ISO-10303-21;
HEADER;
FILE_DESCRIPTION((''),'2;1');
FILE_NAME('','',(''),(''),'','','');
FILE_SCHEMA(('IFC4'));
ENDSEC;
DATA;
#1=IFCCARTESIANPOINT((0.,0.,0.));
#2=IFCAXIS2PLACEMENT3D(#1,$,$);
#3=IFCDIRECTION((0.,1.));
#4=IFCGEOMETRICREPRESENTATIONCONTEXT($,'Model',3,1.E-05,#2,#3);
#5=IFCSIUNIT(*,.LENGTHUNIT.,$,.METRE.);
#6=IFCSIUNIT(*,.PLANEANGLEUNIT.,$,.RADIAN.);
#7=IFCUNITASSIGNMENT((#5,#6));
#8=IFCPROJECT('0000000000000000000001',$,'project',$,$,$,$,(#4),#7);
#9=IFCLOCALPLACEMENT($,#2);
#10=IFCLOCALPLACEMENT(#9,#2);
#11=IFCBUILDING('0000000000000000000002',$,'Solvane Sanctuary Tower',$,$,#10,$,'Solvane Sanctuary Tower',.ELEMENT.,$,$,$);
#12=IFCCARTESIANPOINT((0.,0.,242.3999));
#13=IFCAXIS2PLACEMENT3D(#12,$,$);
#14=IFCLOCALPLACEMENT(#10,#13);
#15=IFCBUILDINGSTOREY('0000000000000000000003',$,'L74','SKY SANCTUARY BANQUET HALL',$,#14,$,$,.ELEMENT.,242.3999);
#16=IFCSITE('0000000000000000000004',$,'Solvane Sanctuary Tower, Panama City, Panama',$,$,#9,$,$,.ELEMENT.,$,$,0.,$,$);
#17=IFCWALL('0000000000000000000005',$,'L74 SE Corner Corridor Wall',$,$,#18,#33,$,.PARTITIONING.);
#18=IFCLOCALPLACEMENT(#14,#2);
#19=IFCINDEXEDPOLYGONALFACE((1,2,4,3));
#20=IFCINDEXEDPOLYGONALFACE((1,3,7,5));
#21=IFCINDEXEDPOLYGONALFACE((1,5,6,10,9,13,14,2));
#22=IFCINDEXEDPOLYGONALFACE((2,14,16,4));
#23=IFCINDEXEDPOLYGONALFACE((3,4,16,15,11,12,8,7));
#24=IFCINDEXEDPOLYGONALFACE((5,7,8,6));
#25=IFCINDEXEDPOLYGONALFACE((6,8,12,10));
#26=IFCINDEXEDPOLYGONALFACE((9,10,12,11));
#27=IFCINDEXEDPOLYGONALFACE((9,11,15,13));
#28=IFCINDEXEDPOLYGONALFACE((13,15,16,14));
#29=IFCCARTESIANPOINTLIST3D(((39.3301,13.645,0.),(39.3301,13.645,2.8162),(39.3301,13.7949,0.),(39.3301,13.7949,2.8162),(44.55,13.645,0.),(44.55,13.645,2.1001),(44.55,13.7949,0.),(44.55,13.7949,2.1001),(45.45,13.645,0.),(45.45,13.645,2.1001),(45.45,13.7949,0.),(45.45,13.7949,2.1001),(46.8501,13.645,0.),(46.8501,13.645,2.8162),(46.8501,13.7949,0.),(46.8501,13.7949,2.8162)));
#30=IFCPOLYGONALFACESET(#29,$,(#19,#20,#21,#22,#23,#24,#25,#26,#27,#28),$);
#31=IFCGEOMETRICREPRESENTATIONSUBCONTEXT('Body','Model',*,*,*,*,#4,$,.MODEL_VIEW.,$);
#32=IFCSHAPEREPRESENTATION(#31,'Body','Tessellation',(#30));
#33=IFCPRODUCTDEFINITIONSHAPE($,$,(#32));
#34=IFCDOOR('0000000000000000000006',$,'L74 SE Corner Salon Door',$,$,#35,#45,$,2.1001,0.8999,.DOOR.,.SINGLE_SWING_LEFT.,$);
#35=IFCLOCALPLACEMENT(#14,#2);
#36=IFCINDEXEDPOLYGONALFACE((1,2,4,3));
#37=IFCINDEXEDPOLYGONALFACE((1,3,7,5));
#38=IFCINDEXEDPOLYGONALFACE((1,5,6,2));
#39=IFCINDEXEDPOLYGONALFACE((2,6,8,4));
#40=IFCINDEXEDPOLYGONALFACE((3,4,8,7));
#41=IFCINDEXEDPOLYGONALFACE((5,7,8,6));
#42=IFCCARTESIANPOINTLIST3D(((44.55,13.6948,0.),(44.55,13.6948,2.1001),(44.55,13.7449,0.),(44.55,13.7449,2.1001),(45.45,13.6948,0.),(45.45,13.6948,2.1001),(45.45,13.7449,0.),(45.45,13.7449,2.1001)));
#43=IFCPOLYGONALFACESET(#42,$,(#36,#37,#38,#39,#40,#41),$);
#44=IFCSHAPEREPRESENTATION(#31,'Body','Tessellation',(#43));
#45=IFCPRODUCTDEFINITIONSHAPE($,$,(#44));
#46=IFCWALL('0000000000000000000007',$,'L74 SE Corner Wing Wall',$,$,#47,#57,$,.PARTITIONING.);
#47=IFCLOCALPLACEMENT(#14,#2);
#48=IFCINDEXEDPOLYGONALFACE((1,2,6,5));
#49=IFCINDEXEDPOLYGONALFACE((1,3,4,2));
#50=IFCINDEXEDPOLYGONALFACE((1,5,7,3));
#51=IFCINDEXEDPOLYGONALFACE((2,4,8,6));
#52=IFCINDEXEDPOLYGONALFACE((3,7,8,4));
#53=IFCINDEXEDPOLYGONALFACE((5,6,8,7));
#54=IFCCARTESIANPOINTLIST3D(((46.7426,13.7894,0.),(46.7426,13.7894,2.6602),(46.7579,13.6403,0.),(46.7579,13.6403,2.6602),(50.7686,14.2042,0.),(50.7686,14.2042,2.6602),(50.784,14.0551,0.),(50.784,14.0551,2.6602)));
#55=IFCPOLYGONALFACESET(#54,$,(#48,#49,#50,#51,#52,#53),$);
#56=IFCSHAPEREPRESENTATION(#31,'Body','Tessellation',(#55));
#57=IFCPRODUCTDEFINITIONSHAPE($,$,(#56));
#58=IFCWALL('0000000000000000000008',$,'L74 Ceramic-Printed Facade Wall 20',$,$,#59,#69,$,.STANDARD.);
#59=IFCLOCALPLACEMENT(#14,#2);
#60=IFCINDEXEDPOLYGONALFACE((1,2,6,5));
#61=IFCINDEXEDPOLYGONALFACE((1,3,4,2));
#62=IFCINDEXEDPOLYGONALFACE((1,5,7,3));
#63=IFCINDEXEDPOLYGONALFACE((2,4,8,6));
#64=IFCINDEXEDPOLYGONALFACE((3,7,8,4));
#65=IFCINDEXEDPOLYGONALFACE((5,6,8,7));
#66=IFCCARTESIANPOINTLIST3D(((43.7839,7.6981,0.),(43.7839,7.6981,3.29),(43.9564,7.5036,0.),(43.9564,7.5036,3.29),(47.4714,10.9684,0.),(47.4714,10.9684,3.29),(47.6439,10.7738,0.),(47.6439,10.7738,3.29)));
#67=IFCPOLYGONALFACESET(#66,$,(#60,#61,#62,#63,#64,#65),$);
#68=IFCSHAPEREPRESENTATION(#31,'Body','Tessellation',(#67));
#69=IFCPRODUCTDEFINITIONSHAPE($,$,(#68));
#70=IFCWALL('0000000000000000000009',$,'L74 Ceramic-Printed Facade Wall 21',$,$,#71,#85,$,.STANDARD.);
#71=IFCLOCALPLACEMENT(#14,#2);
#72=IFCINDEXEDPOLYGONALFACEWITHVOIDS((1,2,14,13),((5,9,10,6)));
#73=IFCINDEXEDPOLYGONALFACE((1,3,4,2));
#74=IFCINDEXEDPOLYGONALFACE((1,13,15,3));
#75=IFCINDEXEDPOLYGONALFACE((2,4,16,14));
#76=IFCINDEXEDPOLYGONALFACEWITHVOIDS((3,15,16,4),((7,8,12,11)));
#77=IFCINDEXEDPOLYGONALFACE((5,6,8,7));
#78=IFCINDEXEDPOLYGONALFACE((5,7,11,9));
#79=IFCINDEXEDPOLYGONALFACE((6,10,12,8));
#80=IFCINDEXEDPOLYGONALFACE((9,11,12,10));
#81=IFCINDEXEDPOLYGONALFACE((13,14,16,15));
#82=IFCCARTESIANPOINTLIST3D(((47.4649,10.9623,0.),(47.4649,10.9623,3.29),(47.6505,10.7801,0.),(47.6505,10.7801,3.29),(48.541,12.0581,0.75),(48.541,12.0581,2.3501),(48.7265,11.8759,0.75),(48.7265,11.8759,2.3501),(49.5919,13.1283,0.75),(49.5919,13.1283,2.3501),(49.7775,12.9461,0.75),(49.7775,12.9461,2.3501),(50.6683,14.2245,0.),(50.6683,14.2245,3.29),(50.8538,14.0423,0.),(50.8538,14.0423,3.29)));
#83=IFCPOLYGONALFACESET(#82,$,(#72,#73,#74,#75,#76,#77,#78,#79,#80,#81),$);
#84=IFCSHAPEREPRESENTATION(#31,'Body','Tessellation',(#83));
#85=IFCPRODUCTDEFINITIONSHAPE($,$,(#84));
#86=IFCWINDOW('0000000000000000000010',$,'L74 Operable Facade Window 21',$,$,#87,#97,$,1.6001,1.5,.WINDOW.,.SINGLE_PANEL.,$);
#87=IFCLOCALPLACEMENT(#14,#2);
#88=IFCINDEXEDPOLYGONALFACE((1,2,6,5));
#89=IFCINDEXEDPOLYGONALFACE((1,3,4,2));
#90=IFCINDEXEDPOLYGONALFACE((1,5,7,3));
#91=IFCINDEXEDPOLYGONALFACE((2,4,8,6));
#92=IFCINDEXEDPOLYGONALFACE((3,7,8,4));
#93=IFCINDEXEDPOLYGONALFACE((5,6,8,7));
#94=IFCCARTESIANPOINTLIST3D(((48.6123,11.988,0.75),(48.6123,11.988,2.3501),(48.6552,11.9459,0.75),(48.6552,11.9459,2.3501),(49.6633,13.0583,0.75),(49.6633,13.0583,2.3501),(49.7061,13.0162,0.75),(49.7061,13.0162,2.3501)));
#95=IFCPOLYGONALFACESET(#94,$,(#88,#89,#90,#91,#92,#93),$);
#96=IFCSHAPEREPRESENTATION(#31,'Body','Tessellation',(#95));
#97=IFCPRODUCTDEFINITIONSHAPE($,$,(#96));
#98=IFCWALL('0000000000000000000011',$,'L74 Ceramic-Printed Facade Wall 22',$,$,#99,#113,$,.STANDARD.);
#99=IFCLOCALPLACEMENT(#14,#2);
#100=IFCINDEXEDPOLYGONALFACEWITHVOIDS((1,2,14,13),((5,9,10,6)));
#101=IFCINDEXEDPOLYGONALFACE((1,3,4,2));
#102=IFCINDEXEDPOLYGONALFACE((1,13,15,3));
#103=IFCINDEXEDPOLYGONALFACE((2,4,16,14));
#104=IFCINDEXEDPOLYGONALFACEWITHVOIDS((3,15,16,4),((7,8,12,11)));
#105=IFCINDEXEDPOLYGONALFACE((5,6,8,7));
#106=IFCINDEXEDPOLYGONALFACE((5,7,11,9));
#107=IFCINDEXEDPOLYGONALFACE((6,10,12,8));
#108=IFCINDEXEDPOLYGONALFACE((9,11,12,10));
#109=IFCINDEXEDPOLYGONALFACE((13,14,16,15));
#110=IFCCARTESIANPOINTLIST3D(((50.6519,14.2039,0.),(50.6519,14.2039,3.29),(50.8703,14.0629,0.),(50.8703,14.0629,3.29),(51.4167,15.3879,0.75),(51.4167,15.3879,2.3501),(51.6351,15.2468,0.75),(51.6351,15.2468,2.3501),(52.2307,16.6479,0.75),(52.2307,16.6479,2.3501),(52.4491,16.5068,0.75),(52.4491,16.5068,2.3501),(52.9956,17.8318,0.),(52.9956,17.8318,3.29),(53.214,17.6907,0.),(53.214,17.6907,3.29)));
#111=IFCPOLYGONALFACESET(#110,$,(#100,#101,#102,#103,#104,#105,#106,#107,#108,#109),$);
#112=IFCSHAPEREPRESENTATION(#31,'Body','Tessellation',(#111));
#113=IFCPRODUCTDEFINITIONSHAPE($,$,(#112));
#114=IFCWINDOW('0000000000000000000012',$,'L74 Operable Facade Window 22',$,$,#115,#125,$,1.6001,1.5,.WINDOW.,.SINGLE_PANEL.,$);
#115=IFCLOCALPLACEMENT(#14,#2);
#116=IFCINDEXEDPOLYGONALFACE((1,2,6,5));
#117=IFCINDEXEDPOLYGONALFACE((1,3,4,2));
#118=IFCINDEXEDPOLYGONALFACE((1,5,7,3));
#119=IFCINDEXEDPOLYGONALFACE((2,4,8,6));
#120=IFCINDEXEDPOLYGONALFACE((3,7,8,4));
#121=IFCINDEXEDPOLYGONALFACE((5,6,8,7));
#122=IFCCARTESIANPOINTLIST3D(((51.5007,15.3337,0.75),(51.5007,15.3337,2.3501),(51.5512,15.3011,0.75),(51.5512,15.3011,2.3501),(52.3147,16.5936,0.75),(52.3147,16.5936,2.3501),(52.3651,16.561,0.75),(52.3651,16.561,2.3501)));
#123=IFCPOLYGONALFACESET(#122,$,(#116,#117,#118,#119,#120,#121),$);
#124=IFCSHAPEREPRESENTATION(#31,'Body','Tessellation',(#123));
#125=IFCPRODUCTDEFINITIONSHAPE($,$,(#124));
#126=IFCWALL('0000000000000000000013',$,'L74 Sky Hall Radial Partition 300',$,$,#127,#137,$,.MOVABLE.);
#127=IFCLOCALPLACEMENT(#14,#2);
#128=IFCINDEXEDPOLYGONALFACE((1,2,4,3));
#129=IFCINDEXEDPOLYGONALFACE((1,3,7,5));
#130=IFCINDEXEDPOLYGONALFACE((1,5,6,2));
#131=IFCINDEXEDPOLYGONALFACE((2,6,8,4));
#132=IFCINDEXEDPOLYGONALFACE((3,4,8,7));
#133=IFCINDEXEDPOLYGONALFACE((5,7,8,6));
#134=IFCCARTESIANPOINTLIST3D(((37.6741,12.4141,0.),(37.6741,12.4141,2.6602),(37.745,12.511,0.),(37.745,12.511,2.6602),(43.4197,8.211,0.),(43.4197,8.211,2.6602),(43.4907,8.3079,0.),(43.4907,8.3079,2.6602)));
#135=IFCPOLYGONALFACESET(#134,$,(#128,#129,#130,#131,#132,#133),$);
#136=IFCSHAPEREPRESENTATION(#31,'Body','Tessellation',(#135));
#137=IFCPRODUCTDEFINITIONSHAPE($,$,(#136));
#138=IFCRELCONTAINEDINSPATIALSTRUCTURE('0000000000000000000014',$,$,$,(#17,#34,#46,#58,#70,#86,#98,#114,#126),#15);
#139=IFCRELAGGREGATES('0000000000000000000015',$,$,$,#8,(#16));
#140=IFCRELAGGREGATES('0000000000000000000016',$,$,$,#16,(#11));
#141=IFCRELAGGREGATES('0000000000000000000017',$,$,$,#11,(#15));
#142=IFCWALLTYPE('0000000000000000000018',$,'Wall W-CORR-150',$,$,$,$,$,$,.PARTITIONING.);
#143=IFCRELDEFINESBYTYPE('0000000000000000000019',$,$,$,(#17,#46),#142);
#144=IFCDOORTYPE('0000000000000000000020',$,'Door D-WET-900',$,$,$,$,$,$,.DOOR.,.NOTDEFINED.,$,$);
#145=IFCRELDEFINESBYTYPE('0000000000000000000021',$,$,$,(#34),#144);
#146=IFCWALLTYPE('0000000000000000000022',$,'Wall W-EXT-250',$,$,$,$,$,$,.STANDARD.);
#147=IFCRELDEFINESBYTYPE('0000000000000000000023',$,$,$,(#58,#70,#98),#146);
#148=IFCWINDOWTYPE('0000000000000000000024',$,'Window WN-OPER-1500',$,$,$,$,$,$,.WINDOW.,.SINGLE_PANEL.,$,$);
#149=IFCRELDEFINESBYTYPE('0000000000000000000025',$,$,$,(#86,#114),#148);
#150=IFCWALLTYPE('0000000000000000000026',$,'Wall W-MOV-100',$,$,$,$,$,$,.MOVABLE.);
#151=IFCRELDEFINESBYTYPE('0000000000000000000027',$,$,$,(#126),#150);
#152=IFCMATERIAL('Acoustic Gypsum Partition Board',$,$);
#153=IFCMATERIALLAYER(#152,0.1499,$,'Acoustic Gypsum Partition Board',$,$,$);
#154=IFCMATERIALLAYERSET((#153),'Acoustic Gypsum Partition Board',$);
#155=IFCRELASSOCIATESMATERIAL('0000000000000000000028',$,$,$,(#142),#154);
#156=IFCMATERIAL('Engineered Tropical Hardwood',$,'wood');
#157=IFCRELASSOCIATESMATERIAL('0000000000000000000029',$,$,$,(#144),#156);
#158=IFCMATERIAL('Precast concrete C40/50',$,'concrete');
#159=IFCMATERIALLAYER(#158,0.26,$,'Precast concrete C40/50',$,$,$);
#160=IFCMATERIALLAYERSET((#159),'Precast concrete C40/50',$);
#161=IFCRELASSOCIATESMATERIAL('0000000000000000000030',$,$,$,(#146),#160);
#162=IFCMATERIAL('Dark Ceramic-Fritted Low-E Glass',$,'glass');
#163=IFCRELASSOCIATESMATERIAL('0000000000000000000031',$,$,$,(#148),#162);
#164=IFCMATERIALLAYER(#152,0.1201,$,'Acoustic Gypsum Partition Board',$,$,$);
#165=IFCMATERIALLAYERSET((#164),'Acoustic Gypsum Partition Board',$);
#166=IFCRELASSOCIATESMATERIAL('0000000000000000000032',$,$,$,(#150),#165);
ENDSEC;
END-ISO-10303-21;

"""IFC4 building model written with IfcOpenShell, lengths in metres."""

from ifc_helpers import new_model, si_unit, direction, frame, frame_2d, origin, place, context, subcontext, project, spatial, rectangle, extrude, material, layer, layer_set, type_object, element, fill, save


model = new_model("IFC4")

# Units and contexts
model_context = context("Model", 3, precision=1e-05, world=origin(), true_north=direction((0.0, 1.0)))
body_context = subcontext(model_context, "Body", "Model", "MODEL_VIEW")
ifc_project = project(units=[si_unit("LENGTHUNIT", "METRE"), si_unit("PLANEANGLEUNIT", "RADIAN")], contexts=[model_context])

# Site, building, storey
site_placement = place(None, origin())
site = spatial("IfcSite", under=ifc_project, at=site_placement, Name="Solvane Sanctuary Tower, Panama City, Panama", CompositionType="ELEMENT", RefElevation=0.0)
building_placement = place(site_placement, origin())
building = spatial("IfcBuilding", under=site, at=building_placement, Name="Solvane Sanctuary Tower", LongName="Solvane Sanctuary Tower", CompositionType="ELEMENT")
storey_placement = place(building_placement, frame((0.0, 0.0, 242.3999)))
storey = spatial("IfcBuildingStorey", under=building, at=storey_placement, Name="L74", Description="SKY SANCTUARY BANQUET HALL", CompositionType="ELEMENT", Elevation=242.3999)

# Shared definitions
ifc_material_1 = material(Name="Dark Ceramic-Fritted Low-E Glass", Category="glass")

# Shared definitions
ifc_material_2 = material(Name="Acoustic Gypsum Partition Board")
ifc_layer_1 = layer(ifc_material_2, 0.1499, Name="Acoustic Gypsum Partition Board")
ifc_layer_set_1 = layer_set([ifc_layer_1], Name="Acoustic Gypsum Partition Board")
wall_type_1 = type_object("IfcWallType", Name="Wall W-CORR-150", PredefinedType="PARTITIONING", material=ifc_layer_set_1)

# Wall, opening, door
wall_1_placement = place(storey_placement, frame((39.3301, 13.72, 0.0), z_axis=(0.0, 0.0, 1.0), x_axis=(1.0, 0.0, 0.0)))
wall_1 = element("IfcWall", 1, at=wall_1_placement, inside=storey, type_object=wall_type_1, Name="L74 SE Corner Corridor Wall", PredefinedType="PARTITIONING", context=body_context, shape_type="SweptSolid", body=[
    extrude(rectangle(XDim=7.52, YDim=0.1499, at=frame_2d((3.76, 0.0))), origin(), (0.0, 0.0, 1.0), 2.8162),
])
opening_1_placement = place(wall_1_placement, frame((5.22, 0.0, 0.0)))
opening_1 = element("IfcOpeningElement", 2, at=opening_1_placement, cuts=wall_1, PredefinedType="OPENING", context=body_context, shape_type="SweptSolid", body=[
    extrude(rectangle(XDim=0.8999, YDim=2.1001, at=frame_2d((0.45, 1.05))), frame((0.0, 0.085, 0.0), z_axis=(0.0, -1.0, 0.0), x_axis=(1.0, 0.0, 0.0)), (0.0, 0.0, 1.0), 0.1699),
])
ifc_material_3 = material(Name="Engineered Tropical Hardwood", Category="wood")
door_type = type_object("IfcDoorType", Name="Door D-WET-900", OperationType="NOTDEFINED", PredefinedType="DOOR", material=ifc_material_3)
door_placement = place(opening_1_placement, origin())
door = element("IfcDoor", 3, at=door_placement, inside=storey, type_object=door_type, Name="L74 SE Corner Salon Door", OperationType="SINGLE_SWING_LEFT", OverallHeight=2.1001, OverallWidth=0.8999, PredefinedType="DOOR", context=body_context, shape_type="SweptSolid", body=[
    extrude(rectangle(XDim=0.8999, YDim=2.1001, at=frame_2d((0.45, 1.05))), frame((0.0, 0.0249, 0.0), z_axis=(0.0, -1.0, 0.0), x_axis=(1.0, 0.0, 0.0)), (0.0, 0.0, 1.0), 0.05),
])
fill(opening_1, door)

# Walls
wall_2_placement = place(storey_placement, frame((46.7502, 13.7148, 0.0), z_axis=(0.0, 0.0, 1.0), x_axis=(0.994735, 0.102483, 0.0)))
element("IfcWall", 4, at=wall_2_placement, inside=storey, type_object=wall_type_1, Name="L74 SE Corner Wing Wall", PredefinedType="PARTITIONING", context=body_context, shape_type="SweptSolid", body=[
    extrude(rectangle(XDim=4.0474, YDim=0.1499, at=frame_2d((2.0237, 0.0))), origin(), (0.0, 0.0, 1.0), 2.6602),
])
ifc_material_4 = material(Name="Precast concrete C40/50", Category="concrete")
ifc_layer_2 = layer(ifc_material_4, 0.26, Name="Precast concrete C40/50")
ifc_layer_set_2 = layer_set([ifc_layer_2], Name="Precast concrete C40/50")
wall_type_2 = type_object("IfcWallType", Name="Wall W-EXT-250", PredefinedType="STANDARD", material=ifc_layer_set_2)
wall_3_placement = place(storey_placement, frame((43.8701, 7.6008, 0.0), z_axis=(0.0, 0.0, 1.0), x_axis=(0.748166, 0.663512, 0.0)))
element("IfcWall", 5, at=wall_3_placement, inside=storey, type_object=wall_type_2, Name="L74 Ceramic-Printed Facade Wall 20", PredefinedType="STANDARD", context=body_context, shape_type="SweptSolid", body=[
    extrude(rectangle(XDim=4.9287, YDim=0.26, at=frame_2d((2.4644, 0.0))), origin(), (0.0, 0.0, 1.0), 3.29),
])

# Walls, openings, windows
wall_4_placement = place(storey_placement, frame((47.5576, 10.8711, 0.0), z_axis=(0.0, 0.0, 1.0), x_axis=(0.700643, 0.713512, 0.0)))
wall_4 = element("IfcWall", 6, at=wall_4_placement, inside=storey, type_object=wall_type_2, Name="L74 Ceramic-Printed Facade Wall 21", PredefinedType="STANDARD", context=body_context, shape_type="SweptSolid", body=[
    extrude(rectangle(XDim=4.572, YDim=0.26, at=frame_2d((2.2861, 0.0))), origin(), (0.0, 0.0, 1.0), 3.29),
])
opening_2_placement = place(wall_4_placement, frame((1.5359, 0.0, 0.75)))
opening_2 = element("IfcOpeningElement", 7, at=opening_2_placement, cuts=wall_4, PredefinedType="OPENING", context=body_context, shape_type="SweptSolid", body=[
    extrude(rectangle(XDim=1.5, YDim=1.6001, at=frame_2d((0.75, 0.8))), frame((0.0, 0.1399, 0.0), z_axis=(0.0, -1.0, 0.0), x_axis=(1.0, 0.0, 0.0)), (0.0, 0.0, 1.0), 0.28),
])
window_type = type_object("IfcWindowType", Name="Window WN-OPER-1500", PartitioningType="SINGLE_PANEL", PredefinedType="WINDOW", material=ifc_material_1)
window_1_placement = place(opening_2_placement, origin())
window_1 = element("IfcWindow", 8, at=window_1_placement, inside=storey, type_object=window_type, Name="L74 Operable Facade Window 21", OverallHeight=1.6001, OverallWidth=1.5, PartitioningType="SINGLE_PANEL", PredefinedType="WINDOW", context=body_context, shape_type="SweptSolid", body=[
    extrude(rectangle(XDim=1.5, YDim=1.6001, at=frame_2d((0.75, 0.8))), frame((0.0, 0.03, 0.0), z_axis=(0.0, -1.0, 0.0), x_axis=(1.0, 0.0, 0.0)), (0.0, 0.0, 1.0), 0.0601),
])
fill(opening_2, window_1)
wall_5_placement = place(storey_placement, frame((50.761, 14.1333, 0.0), z_axis=(0.0, 0.0, 1.0), x_axis=(0.542642, 0.839964, 0.0)))
wall_5 = element("IfcWall", 9, at=wall_5_placement, inside=storey, type_object=wall_type_2, Name="L74 Ceramic-Printed Facade Wall 22", PredefinedType="STANDARD", context=body_context, shape_type="SweptSolid", body=[
    extrude(rectangle(XDim=4.3191, YDim=0.26, at=frame_2d((2.1597, 0.0))), origin(), (0.0, 0.0, 1.0), 3.29),
])
opening_3_placement = place(wall_5_placement, frame((1.4097, 0.0, 0.75)))
opening_3 = element("IfcOpeningElement", 10, at=opening_3_placement, cuts=wall_5, PredefinedType="OPENING", context=body_context, shape_type="SweptSolid", body=[
    extrude(rectangle(XDim=1.5, YDim=1.6001, at=frame_2d((0.75, 0.8))), frame((0.0, 0.1399, 0.0), z_axis=(0.0, -1.0, 0.0), x_axis=(1.0, 0.0, 0.0)), (0.0, 0.0, 1.0), 0.28),
])
window_2_placement = place(opening_3_placement, origin())
window_2 = element("IfcWindow", 11, at=window_2_placement, inside=storey, type_object=window_type, Name="L74 Operable Facade Window 22", OverallHeight=1.6001, OverallWidth=1.5, PartitioningType="SINGLE_PANEL", PredefinedType="WINDOW", context=body_context, shape_type="SweptSolid", body=[
    extrude(rectangle(XDim=1.5, YDim=1.6001, at=frame_2d((0.75, 0.8))), frame((0.0, 0.03, 0.0), z_axis=(0.0, -1.0, 0.0), x_axis=(1.0, 0.0, 0.0)), (0.0, 0.0, 1.0), 0.0601),
])
fill(opening_3, window_2)

# Wall
ifc_layer_3 = layer(ifc_material_2, 0.1201, Name="Acoustic Gypsum Partition Board")
ifc_layer_set_3 = layer_set([ifc_layer_3], Name="Acoustic Gypsum Partition Board")
wall_type_3 = type_object("IfcWallType", Name="Wall W-MOV-100", PredefinedType="MOVABLE", material=ifc_layer_set_3)
wall_6_placement = place(storey_placement, frame((37.7095, 12.4626, 0.0), z_axis=(0.0, 0.0, 1.0), x_axis=(0.807096, -0.590421, 0.0)))
element("IfcWall", 12, at=wall_6_placement, inside=storey, type_object=wall_type_3, Name="L74 Sky Hall Radial Partition 300", PredefinedType="MOVABLE", context=body_context, shape_type="SweptSolid", body=[
    extrude(rectangle(XDim=7.1189, YDim=0.1201, at=frame_2d((3.5596, 0.0))), origin(), (0.0, 0.0, 1.0), 2.6602),
])

save(model, "model.ifc")
